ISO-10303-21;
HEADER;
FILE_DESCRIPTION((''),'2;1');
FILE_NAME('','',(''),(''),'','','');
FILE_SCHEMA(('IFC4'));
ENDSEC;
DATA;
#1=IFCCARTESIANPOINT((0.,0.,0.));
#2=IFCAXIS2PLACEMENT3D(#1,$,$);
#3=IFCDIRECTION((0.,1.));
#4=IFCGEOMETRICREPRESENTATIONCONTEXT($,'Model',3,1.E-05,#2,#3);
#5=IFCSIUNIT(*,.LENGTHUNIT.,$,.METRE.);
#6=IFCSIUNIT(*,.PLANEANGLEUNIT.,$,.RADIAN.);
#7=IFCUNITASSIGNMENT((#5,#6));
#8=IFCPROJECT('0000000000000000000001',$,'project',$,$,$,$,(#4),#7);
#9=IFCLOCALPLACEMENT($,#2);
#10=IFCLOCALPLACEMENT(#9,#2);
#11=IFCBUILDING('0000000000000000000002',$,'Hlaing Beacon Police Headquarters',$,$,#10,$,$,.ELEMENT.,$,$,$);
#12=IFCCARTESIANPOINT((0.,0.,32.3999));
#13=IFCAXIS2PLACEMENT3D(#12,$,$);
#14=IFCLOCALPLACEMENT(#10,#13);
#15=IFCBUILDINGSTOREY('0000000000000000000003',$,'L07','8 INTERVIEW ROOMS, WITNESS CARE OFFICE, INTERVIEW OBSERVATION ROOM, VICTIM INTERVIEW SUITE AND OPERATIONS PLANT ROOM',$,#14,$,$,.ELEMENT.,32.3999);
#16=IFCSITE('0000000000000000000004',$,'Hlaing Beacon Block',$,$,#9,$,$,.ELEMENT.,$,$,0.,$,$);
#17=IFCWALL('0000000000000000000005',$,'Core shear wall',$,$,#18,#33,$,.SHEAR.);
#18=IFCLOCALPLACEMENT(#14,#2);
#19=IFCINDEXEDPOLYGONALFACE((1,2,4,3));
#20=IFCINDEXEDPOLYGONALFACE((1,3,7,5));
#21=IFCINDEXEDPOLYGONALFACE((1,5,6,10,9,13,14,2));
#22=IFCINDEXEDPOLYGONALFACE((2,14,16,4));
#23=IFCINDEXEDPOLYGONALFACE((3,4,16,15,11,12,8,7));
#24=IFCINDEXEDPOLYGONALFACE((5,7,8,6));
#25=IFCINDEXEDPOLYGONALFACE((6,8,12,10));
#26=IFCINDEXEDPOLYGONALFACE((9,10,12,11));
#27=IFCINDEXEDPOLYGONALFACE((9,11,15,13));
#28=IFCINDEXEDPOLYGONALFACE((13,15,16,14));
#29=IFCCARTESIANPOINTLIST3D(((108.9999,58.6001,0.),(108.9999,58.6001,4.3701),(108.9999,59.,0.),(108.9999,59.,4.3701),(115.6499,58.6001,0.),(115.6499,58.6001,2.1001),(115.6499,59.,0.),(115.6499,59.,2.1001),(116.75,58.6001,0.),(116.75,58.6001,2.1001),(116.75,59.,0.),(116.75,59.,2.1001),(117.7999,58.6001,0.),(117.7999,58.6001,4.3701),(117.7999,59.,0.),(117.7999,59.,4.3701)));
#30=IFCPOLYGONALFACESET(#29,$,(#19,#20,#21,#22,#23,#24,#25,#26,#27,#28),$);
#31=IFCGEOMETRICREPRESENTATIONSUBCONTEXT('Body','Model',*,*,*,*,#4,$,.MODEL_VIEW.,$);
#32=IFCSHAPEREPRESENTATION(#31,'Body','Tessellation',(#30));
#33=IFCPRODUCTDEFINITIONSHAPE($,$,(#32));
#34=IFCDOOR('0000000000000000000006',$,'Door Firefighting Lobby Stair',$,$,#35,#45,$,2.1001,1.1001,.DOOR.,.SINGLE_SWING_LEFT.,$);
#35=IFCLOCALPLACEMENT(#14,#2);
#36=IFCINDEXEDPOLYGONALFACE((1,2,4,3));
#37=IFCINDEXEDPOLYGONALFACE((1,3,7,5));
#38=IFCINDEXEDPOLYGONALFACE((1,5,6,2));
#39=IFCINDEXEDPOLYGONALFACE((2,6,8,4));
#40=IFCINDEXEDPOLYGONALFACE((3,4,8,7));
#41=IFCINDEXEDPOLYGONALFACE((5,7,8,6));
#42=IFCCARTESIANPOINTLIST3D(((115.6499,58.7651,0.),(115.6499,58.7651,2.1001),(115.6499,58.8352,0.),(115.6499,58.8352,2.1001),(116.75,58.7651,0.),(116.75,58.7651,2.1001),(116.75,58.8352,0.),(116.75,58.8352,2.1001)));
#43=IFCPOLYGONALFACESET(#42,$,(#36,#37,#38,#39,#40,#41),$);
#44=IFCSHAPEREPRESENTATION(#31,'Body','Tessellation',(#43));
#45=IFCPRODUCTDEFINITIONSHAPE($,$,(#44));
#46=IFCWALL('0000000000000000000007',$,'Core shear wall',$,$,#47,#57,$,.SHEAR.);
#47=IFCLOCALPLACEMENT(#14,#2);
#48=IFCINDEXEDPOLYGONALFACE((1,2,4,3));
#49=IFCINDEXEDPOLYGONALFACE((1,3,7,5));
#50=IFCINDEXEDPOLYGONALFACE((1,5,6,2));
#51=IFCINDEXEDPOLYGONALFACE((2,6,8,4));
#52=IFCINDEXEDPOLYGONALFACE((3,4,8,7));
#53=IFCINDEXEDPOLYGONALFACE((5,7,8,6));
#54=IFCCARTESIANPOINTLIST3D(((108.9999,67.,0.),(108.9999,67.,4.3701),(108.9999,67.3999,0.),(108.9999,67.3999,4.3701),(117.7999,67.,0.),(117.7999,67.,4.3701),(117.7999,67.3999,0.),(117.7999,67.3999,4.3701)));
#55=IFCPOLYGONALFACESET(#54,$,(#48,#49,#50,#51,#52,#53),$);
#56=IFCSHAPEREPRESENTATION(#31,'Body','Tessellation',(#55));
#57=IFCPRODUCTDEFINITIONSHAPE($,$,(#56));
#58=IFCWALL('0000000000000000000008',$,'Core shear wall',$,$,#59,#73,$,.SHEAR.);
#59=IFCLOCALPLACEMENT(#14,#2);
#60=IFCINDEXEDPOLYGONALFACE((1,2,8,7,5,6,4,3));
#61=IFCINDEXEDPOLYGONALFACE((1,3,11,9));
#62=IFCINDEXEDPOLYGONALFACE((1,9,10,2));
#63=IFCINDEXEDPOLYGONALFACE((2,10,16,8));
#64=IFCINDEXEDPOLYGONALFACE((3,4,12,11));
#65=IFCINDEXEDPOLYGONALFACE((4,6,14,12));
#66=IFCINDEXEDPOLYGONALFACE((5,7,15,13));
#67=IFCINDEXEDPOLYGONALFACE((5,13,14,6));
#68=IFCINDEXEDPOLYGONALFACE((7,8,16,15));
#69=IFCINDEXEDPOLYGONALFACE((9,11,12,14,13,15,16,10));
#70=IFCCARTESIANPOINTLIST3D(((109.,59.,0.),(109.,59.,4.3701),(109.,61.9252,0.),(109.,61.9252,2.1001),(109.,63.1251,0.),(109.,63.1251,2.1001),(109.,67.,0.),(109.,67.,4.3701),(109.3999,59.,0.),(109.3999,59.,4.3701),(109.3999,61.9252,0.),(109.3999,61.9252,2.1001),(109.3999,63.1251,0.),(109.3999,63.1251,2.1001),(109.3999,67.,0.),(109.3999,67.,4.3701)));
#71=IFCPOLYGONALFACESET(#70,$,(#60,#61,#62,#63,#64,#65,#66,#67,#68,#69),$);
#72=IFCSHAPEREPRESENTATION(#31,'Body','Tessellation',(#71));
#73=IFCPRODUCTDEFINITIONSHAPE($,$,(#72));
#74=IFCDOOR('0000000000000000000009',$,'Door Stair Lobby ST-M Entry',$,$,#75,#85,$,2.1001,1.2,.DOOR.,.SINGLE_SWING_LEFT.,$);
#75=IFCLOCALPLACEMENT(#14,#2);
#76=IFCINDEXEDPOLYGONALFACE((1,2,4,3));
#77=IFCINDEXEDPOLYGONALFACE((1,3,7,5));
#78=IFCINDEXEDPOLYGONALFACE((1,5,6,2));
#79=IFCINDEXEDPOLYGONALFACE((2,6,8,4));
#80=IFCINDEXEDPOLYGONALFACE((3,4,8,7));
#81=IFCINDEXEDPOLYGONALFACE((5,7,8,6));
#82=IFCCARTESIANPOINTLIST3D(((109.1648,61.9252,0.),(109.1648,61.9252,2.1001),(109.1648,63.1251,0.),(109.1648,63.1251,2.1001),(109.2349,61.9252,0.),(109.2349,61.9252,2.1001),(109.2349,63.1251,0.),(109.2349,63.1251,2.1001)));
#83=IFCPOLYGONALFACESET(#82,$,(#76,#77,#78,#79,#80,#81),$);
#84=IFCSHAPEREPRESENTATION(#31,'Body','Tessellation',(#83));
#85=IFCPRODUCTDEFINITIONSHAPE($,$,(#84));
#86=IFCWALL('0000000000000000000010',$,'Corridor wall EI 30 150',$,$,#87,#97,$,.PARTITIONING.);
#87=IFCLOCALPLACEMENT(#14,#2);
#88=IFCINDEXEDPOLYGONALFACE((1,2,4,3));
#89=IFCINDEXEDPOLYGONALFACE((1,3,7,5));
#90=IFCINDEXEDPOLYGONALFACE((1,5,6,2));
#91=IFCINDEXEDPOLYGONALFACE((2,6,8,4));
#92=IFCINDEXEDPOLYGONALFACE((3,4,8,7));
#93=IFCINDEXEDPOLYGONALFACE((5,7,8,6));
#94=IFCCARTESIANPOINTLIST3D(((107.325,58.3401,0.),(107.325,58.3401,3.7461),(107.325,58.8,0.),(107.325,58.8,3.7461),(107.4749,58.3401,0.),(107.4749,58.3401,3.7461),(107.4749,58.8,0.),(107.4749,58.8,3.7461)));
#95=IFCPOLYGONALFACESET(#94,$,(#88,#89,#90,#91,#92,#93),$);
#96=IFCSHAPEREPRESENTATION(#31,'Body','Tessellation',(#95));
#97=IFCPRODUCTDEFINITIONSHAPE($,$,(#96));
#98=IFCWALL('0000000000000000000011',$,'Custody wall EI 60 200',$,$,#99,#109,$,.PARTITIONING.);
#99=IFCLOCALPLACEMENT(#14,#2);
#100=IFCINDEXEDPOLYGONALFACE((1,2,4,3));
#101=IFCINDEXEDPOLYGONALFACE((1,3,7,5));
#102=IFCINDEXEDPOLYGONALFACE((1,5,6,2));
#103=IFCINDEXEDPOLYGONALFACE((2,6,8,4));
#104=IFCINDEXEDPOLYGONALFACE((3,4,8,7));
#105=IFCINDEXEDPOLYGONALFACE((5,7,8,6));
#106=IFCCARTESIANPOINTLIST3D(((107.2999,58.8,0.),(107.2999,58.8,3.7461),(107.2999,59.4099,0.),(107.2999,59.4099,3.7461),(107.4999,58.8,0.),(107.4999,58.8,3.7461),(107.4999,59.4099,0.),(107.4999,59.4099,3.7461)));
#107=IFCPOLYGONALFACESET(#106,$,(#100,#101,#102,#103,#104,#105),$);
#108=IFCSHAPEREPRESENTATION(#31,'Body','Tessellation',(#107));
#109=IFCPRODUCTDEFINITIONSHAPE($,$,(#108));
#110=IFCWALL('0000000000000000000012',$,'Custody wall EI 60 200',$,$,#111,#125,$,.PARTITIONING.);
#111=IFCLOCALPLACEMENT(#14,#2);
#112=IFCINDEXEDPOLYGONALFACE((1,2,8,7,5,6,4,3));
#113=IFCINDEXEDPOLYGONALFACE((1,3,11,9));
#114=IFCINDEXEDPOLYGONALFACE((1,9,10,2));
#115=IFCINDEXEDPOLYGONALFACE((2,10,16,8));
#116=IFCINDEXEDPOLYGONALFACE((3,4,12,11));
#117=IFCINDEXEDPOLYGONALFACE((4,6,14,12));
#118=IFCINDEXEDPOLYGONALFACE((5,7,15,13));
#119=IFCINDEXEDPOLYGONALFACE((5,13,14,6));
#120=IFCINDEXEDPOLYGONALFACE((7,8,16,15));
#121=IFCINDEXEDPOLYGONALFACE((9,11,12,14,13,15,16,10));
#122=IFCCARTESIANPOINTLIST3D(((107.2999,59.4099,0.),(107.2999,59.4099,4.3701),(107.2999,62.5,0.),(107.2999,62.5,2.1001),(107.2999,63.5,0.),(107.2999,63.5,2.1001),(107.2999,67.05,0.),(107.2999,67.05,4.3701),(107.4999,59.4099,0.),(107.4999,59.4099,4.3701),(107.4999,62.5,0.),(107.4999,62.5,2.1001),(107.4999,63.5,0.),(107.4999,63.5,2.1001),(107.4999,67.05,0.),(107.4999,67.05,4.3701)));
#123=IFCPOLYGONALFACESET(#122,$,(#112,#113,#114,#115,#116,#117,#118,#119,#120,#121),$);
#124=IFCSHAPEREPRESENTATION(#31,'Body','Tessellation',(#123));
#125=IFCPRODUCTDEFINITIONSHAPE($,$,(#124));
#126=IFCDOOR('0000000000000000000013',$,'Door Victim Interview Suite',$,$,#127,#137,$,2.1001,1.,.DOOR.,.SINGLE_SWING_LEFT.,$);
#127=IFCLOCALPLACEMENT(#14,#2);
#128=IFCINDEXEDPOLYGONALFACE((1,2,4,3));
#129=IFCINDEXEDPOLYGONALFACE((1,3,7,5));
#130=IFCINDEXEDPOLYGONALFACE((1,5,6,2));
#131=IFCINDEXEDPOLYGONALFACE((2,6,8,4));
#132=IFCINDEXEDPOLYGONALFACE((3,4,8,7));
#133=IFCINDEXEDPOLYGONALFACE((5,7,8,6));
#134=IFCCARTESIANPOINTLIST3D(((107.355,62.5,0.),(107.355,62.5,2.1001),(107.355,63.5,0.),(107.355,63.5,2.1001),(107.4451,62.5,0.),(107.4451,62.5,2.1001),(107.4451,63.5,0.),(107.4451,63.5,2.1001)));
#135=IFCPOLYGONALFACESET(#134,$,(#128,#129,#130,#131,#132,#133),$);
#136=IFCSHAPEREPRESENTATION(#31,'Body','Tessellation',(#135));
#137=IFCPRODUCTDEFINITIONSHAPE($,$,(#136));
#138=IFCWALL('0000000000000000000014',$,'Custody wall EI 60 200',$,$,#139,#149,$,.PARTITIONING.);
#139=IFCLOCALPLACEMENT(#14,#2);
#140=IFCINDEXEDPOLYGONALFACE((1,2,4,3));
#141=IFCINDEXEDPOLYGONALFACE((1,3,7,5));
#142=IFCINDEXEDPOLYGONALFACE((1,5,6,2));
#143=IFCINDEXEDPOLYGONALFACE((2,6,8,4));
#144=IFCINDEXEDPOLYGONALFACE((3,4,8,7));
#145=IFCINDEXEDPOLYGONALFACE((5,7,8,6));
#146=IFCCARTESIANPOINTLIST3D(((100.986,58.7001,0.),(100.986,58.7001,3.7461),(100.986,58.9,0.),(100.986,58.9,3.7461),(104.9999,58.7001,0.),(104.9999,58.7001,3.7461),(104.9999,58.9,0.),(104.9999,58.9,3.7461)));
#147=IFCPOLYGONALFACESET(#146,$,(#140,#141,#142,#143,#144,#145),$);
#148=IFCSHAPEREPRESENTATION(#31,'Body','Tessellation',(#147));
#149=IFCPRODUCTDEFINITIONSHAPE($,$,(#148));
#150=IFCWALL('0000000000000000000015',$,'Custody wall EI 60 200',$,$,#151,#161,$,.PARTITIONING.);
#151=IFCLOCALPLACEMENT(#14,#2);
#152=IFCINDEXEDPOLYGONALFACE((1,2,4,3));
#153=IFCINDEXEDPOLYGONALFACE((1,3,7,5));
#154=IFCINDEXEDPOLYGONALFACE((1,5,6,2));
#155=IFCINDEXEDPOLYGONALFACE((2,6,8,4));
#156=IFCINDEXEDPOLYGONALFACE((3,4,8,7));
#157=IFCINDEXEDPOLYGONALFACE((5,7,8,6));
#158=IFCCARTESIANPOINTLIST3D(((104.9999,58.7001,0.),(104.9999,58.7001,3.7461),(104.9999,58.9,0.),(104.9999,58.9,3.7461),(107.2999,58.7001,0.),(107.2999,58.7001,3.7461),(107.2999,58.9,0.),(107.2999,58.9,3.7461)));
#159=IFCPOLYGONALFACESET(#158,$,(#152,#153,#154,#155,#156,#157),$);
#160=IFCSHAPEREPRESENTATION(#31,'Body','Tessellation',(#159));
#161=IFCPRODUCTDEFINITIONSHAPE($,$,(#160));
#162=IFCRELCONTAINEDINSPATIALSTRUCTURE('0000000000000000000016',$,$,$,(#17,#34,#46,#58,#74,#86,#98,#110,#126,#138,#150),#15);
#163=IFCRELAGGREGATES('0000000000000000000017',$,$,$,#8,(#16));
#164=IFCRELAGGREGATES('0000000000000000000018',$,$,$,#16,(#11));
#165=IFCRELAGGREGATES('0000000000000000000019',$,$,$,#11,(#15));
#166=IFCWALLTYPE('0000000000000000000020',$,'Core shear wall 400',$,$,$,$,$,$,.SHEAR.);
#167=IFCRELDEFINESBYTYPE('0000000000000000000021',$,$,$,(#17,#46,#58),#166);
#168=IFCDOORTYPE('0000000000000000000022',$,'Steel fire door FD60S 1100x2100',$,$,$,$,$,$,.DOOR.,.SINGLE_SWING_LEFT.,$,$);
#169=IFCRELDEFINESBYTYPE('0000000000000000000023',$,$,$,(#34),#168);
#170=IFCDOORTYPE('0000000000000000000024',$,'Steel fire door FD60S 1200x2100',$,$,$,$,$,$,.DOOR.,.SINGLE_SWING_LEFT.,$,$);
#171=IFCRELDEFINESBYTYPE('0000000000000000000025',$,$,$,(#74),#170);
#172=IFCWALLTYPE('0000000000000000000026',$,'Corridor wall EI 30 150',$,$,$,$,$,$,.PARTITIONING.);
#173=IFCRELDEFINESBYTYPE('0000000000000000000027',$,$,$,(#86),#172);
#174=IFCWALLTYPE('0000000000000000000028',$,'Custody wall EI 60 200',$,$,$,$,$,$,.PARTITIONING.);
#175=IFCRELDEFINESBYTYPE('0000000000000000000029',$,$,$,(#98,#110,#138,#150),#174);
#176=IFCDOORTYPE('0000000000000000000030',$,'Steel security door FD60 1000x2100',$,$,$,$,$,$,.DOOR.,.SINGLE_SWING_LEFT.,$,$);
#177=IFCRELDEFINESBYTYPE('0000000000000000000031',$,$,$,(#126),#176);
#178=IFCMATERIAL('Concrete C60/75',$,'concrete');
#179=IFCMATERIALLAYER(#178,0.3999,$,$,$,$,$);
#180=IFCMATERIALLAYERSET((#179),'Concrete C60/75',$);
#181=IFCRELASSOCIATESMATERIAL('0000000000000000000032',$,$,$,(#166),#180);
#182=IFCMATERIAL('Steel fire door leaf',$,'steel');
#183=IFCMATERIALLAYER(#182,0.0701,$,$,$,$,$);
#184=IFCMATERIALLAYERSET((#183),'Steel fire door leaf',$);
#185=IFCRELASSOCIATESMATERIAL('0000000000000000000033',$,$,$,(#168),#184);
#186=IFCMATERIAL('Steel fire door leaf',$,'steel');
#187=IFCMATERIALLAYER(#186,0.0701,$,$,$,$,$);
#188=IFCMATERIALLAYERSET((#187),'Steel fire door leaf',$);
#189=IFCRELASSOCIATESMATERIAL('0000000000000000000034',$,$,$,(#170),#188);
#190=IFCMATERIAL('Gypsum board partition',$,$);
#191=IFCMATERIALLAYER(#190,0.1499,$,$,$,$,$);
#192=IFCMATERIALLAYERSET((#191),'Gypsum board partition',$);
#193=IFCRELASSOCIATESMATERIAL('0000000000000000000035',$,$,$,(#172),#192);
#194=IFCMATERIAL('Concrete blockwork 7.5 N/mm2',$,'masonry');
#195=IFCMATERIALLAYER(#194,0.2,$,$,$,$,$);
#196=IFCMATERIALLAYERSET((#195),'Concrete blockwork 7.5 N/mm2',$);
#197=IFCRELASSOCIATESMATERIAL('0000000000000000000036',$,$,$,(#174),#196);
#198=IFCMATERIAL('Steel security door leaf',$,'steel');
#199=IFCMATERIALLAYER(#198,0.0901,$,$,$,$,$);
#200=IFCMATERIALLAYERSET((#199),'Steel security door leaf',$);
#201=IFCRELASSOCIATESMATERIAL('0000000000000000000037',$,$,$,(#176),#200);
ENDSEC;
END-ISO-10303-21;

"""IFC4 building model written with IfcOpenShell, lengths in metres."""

from ifc_helpers import new_model, si_unit, direction, frame, frame_2d, origin, place, context, subcontext, project, spatial, rectangle, extrude, material, layer, layer_set, type_object, element, fill, save


model = new_model("IFC4")

# Units and contexts
model_context = context("Model", 3, precision=1e-05, world=origin(), true_north=direction((0.0, 1.0)))
body_context = subcontext(model_context, "Body", "Model", "MODEL_VIEW")
ifc_project = project(units=[si_unit("LENGTHUNIT", "METRE"), si_unit("PLANEANGLEUNIT", "RADIAN")], contexts=[model_context])

# Site, building, storey
site_placement = place(None, origin())
site = spatial("IfcSite", under=ifc_project, at=site_placement, Name="Hlaing Beacon Block", CompositionType="ELEMENT", RefElevation=0.0)
building_placement = place(site_placement, origin())
building = spatial("IfcBuilding", under=site, at=building_placement, Name="Hlaing Beacon Police Headquarters", CompositionType="ELEMENT")
storey_placement = place(building_placement, frame((0.0, 0.0, 32.3999)))
storey = spatial("IfcBuildingStorey", under=building, at=storey_placement, Name="L07", Description="8 INTERVIEW ROOMS, WITNESS CARE OFFICE, INTERVIEW OBSERVATION ROOM, VICTIM INTERVIEW SUITE AND OPERATIONS PLANT ROOM", CompositionType="ELEMENT", Elevation=32.3999)

# Wall, opening, door
ifc_material_1 = material(Name="Concrete C60/75", Category="concrete")
ifc_layer_1 = layer(ifc_material_1, 0.3999)
ifc_layer_set_1 = layer_set([ifc_layer_1], Name="Concrete C60/75")
wall_type_1 = type_object("IfcWallType", Name="Core shear wall 400", PredefinedType="SHEAR", material=ifc_layer_set_1)
wall_1_placement = place(storey_placement, frame((109.0, 58.8, 0.0), z_axis=(0.0, 0.0, 1.0), x_axis=(1.0, 0.0, 0.0)))
wall_1 = element("IfcWall", 1, at=wall_1_placement, inside=storey, type_object=wall_type_1, Name="Core shear wall", PredefinedType="SHEAR", context=body_context, shape_type="SweptSolid", body=[
    extrude(rectangle(XDim=8.8, YDim=0.3999, at=frame_2d((4.3999, 0.0))), origin(), (0.0, 0.0, 1.0), 4.3701),
])
opening_1_placement = place(wall_1_placement, frame((6.6499, 0.0, 0.0)))
opening_1 = element("IfcOpeningElement", 2, at=opening_1_placement, cuts=wall_1, PredefinedType="OPENING", context=body_context, shape_type="SweptSolid", body=[
    extrude(rectangle(XDim=1.1001, YDim=2.1001, at=frame_2d((0.55, 1.05))), frame((0.0, 0.21, 0.0), z_axis=(0.0, -1.0, 0.0), x_axis=(1.0, 0.0, 0.0)), (0.0, 0.0, 1.0), 0.4199),
])
ifc_material_2 = material(Name="Steel fire door leaf", Category="steel")
ifc_layer_2 = layer(ifc_material_2, 0.0701)
ifc_layer_set_2 = layer_set([ifc_layer_2], Name="Steel fire door leaf")
door_type_1 = type_object("IfcDoorType", Name="Steel fire door FD60S 1100x2100", OperationType="SINGLE_SWING_LEFT", PredefinedType="DOOR", material=ifc_layer_set_2)
door_1_placement = place(opening_1_placement, origin())
door_1 = element("IfcDoor", 3, at=door_1_placement, inside=storey, type_object=door_type_1, Name="Door Firefighting Lobby Stair", OperationType="SINGLE_SWING_LEFT", OverallHeight=2.1001, OverallWidth=1.1001, PredefinedType="DOOR", context=body_context, shape_type="SweptSolid", body=[
    extrude(rectangle(XDim=1.1001, YDim=2.1001, at=frame_2d((0.55, 1.05))), frame((0.0, 0.0352, 0.0), z_axis=(0.0, -1.0, 0.0), x_axis=(1.0, 0.0, 0.0)), (0.0, 0.0, 1.0), 0.0701),
])
fill(opening_1, door_1)

# Wall
wall_2_placement = place(storey_placement, frame((109.0, 67.2, 0.0), z_axis=(0.0, 0.0, 1.0), x_axis=(1.0, 0.0, 0.0)))
element("IfcWall", 4, at=wall_2_placement, inside=storey, type_object=wall_type_1, Name="Core shear wall", PredefinedType="SHEAR", context=body_context, shape_type="SweptSolid", body=[
    extrude(rectangle(XDim=8.8, YDim=0.3999, at=frame_2d((4.3999, 0.0))), origin(), (0.0, 0.0, 1.0), 4.3701),
])

# Wall, opening, door
wall_3_placement = place(storey_placement, frame((109.2, 59.0, 0.0), z_axis=(0.0, 0.0, 1.0), x_axis=(0.0, 1.0, 0.0)))
wall_3 = element("IfcWall", 5, at=wall_3_placement, inside=storey, type_object=wall_type_1, Name="Core shear wall", PredefinedType="SHEAR", context=body_context, shape_type="SweptSolid", body=[
    extrude(rectangle(XDim=8.0, YDim=0.3999, at=frame_2d((4.0, 0.0))), origin(), (0.0, 0.0, 1.0), 4.3701),
])
opening_2_placement = place(wall_3_placement, frame((2.925, 0.0, 0.0)))
opening_2 = element("IfcOpeningElement", 6, at=opening_2_placement, cuts=wall_3, PredefinedType="OPENING", context=body_context, shape_type="SweptSolid", body=[
    extrude(rectangle(XDim=1.2, YDim=2.1001, at=frame_2d((0.6001, 1.05))), frame((0.0, 0.21, 0.0), z_axis=(0.0, -1.0, 0.0), x_axis=(1.0, 0.0, 0.0)), (0.0, 0.0, 1.0), 0.4199),
])
ifc_material_3 = material(Name="Steel fire door leaf", Category="steel")
ifc_layer_3 = layer(ifc_material_3, 0.0701)
ifc_layer_set_3 = layer_set([ifc_layer_3], Name="Steel fire door leaf")
door_type_2 = type_object("IfcDoorType", Name="Steel fire door FD60S 1200x2100", OperationType="SINGLE_SWING_LEFT", PredefinedType="DOOR", material=ifc_layer_set_3)
door_2_placement = place(opening_2_placement, frame((1.2, 0.0, 0.0), z_axis=(0.0, 0.0, 1.0), x_axis=(-1.0, 0.0, 0.0)))
door_2 = element("IfcDoor", 7, at=door_2_placement, inside=storey, type_object=door_type_2, Name="Door Stair Lobby ST-M Entry", OperationType="SINGLE_SWING_LEFT", OverallHeight=2.1001, OverallWidth=1.2, PredefinedType="DOOR", context=body_context, shape_type="SweptSolid", body=[
    extrude(rectangle(XDim=1.2, YDim=2.1001, at=frame_2d((0.5999, 1.05))), frame((0.0, 0.0349, 0.0), z_axis=(0.0, -1.0, 0.0), x_axis=(1.0, 0.0, 0.0)), (0.0, 0.0, 1.0), 0.0701),
])
fill(opening_2, door_2)

# Walls
ifc_material_4 = material(Name="Gypsum board partition")
ifc_layer_4 = layer(ifc_material_4, 0.1499)
ifc_layer_set_4 = layer_set([ifc_layer_4], Name="Gypsum board partition")
wall_type_2 = type_object("IfcWallType", Name="Corridor wall EI 30 150", PredefinedType="PARTITIONING", material=ifc_layer_set_4)
wall_4_placement = place(storey_placement, frame((107.3999, 58.3401, 0.0), z_axis=(0.0, 0.0, 1.0), x_axis=(0.0, 1.0, 0.0)))
element("IfcWall", 8, at=wall_4_placement, inside=storey, type_object=wall_type_2, Name="Corridor wall EI 30 150", PredefinedType="PARTITIONING", context=body_context, shape_type="SweptSolid", body=[
    extrude(rectangle(XDim=0.46, YDim=0.1499, at=frame_2d((0.23, 0.0))), origin(), (0.0, 0.0, 1.0), 3.7461),
])
ifc_material_5 = material(Name="Concrete blockwork 7.5 N/mm2", Category="masonry")
ifc_layer_5 = layer(ifc_material_5, 0.2)
ifc_layer_set_5 = layer_set([ifc_layer_5], Name="Concrete blockwork 7.5 N/mm2")
wall_type_3 = type_object("IfcWallType", Name="Custody wall EI 60 200", PredefinedType="PARTITIONING", material=ifc_layer_set_5)
wall_5_placement = place(storey_placement, frame((107.3999, 58.8, 0.0), z_axis=(0.0, 0.0, 1.0), x_axis=(0.0, 1.0, 0.0)))
element("IfcWall", 9, at=wall_5_placement, inside=storey, type_object=wall_type_3, Name="Custody wall EI 60 200", PredefinedType="PARTITIONING", context=body_context, shape_type="SweptSolid", body=[
    extrude(rectangle(XDim=0.6099, YDim=0.2, at=frame_2d((0.3049, 0.0))), origin(), (0.0, 0.0, 1.0), 3.7461),
])

# Wall, opening, door
wall_6_placement = place(storey_placement, frame((107.3999, 59.4099, 0.0), z_axis=(0.0, 0.0, 1.0), x_axis=(0.0, 1.0, 0.0)))
wall_6 = element("IfcWall", 10, at=wall_6_placement, inside=storey, type_object=wall_type_3, Name="Custody wall EI 60 200", PredefinedType="PARTITIONING", context=body_context, shape_type="SweptSolid", body=[
    extrude(rectangle(XDim=7.6401, YDim=0.2, at=frame_2d((3.8201, 0.0))), origin(), (0.0, 0.0, 1.0), 4.3701),
])
opening_3_placement = place(wall_6_placement, frame((3.0901, 0.0, 0.0)))
opening_3 = element("IfcOpeningElement", 11, at=opening_3_placement, cuts=wall_6, PredefinedType="OPENING", context=body_context, shape_type="SweptSolid", body=[
    extrude(rectangle(XDim=1.0, YDim=2.1001, at=frame_2d((0.5, 1.05))), frame((0.0, 0.1099, 0.0), z_axis=(0.0, -1.0, 0.0), x_axis=(1.0, 0.0, 0.0)), (0.0, 0.0, 1.0), 0.22),
])
ifc_material_6 = material(Name="Steel security door leaf", Category="steel")
ifc_layer_6 = layer(ifc_material_6, 0.0901)
ifc_layer_set_6 = layer_set([ifc_layer_6], Name="Steel security door leaf")
door_type_3 = type_object("IfcDoorType", Name="Steel security door FD60 1000x2100", OperationType="SINGLE_SWING_LEFT", PredefinedType="DOOR", material=ifc_layer_set_6)
door_3_placement = place(opening_3_placement, origin())
door_3 = element("IfcDoor", 12, at=door_3_placement, inside=storey, type_object=door_type_3, Name="Door Victim Interview Suite", OperationType="SINGLE_SWING_LEFT", OverallHeight=2.1001, OverallWidth=1.0, PredefinedType="DOOR", context=body_context, shape_type="SweptSolid", body=[
    extrude(rectangle(XDim=1.0, YDim=2.1001, at=frame_2d((0.5, 1.05))), frame((0.0, 0.0449, 0.0), z_axis=(0.0, -1.0, 0.0), x_axis=(1.0, 0.0, 0.0)), (0.0, 0.0, 1.0), 0.0901),
])
fill(opening_3, door_3)

# Walls
wall_7_placement = place(storey_placement, frame((100.9861, 58.8, 0.0), z_axis=(0.0, 0.0, 1.0), x_axis=(1.0, 0.0, 0.0)))
element("IfcWall", 13, at=wall_7_placement, inside=storey, type_object=wall_type_3, Name="Custody wall EI 60 200", PredefinedType="PARTITIONING", context=body_context, shape_type="SweptSolid", body=[
    extrude(rectangle(XDim=4.0139, YDim=0.2, at=frame_2d((2.0068, 0.0))), origin(), (0.0, 0.0, 1.0), 3.7461),
])
wall_8_placement = place(storey_placement, frame((105.0, 58.8, 0.0), z_axis=(0.0, 0.0, 1.0), x_axis=(1.0, 0.0, 0.0)))
element("IfcWall", 14, at=wall_8_placement, inside=storey, type_object=wall_type_3, Name="Custody wall EI 60 200", PredefinedType="PARTITIONING", context=body_context, shape_type="SweptSolid", body=[
    extrude(rectangle(XDim=2.3, YDim=0.2, at=frame_2d((1.1499, 0.0))), origin(), (0.0, 0.0, 1.0), 3.7461),
])

save(model, "model.ifc")
